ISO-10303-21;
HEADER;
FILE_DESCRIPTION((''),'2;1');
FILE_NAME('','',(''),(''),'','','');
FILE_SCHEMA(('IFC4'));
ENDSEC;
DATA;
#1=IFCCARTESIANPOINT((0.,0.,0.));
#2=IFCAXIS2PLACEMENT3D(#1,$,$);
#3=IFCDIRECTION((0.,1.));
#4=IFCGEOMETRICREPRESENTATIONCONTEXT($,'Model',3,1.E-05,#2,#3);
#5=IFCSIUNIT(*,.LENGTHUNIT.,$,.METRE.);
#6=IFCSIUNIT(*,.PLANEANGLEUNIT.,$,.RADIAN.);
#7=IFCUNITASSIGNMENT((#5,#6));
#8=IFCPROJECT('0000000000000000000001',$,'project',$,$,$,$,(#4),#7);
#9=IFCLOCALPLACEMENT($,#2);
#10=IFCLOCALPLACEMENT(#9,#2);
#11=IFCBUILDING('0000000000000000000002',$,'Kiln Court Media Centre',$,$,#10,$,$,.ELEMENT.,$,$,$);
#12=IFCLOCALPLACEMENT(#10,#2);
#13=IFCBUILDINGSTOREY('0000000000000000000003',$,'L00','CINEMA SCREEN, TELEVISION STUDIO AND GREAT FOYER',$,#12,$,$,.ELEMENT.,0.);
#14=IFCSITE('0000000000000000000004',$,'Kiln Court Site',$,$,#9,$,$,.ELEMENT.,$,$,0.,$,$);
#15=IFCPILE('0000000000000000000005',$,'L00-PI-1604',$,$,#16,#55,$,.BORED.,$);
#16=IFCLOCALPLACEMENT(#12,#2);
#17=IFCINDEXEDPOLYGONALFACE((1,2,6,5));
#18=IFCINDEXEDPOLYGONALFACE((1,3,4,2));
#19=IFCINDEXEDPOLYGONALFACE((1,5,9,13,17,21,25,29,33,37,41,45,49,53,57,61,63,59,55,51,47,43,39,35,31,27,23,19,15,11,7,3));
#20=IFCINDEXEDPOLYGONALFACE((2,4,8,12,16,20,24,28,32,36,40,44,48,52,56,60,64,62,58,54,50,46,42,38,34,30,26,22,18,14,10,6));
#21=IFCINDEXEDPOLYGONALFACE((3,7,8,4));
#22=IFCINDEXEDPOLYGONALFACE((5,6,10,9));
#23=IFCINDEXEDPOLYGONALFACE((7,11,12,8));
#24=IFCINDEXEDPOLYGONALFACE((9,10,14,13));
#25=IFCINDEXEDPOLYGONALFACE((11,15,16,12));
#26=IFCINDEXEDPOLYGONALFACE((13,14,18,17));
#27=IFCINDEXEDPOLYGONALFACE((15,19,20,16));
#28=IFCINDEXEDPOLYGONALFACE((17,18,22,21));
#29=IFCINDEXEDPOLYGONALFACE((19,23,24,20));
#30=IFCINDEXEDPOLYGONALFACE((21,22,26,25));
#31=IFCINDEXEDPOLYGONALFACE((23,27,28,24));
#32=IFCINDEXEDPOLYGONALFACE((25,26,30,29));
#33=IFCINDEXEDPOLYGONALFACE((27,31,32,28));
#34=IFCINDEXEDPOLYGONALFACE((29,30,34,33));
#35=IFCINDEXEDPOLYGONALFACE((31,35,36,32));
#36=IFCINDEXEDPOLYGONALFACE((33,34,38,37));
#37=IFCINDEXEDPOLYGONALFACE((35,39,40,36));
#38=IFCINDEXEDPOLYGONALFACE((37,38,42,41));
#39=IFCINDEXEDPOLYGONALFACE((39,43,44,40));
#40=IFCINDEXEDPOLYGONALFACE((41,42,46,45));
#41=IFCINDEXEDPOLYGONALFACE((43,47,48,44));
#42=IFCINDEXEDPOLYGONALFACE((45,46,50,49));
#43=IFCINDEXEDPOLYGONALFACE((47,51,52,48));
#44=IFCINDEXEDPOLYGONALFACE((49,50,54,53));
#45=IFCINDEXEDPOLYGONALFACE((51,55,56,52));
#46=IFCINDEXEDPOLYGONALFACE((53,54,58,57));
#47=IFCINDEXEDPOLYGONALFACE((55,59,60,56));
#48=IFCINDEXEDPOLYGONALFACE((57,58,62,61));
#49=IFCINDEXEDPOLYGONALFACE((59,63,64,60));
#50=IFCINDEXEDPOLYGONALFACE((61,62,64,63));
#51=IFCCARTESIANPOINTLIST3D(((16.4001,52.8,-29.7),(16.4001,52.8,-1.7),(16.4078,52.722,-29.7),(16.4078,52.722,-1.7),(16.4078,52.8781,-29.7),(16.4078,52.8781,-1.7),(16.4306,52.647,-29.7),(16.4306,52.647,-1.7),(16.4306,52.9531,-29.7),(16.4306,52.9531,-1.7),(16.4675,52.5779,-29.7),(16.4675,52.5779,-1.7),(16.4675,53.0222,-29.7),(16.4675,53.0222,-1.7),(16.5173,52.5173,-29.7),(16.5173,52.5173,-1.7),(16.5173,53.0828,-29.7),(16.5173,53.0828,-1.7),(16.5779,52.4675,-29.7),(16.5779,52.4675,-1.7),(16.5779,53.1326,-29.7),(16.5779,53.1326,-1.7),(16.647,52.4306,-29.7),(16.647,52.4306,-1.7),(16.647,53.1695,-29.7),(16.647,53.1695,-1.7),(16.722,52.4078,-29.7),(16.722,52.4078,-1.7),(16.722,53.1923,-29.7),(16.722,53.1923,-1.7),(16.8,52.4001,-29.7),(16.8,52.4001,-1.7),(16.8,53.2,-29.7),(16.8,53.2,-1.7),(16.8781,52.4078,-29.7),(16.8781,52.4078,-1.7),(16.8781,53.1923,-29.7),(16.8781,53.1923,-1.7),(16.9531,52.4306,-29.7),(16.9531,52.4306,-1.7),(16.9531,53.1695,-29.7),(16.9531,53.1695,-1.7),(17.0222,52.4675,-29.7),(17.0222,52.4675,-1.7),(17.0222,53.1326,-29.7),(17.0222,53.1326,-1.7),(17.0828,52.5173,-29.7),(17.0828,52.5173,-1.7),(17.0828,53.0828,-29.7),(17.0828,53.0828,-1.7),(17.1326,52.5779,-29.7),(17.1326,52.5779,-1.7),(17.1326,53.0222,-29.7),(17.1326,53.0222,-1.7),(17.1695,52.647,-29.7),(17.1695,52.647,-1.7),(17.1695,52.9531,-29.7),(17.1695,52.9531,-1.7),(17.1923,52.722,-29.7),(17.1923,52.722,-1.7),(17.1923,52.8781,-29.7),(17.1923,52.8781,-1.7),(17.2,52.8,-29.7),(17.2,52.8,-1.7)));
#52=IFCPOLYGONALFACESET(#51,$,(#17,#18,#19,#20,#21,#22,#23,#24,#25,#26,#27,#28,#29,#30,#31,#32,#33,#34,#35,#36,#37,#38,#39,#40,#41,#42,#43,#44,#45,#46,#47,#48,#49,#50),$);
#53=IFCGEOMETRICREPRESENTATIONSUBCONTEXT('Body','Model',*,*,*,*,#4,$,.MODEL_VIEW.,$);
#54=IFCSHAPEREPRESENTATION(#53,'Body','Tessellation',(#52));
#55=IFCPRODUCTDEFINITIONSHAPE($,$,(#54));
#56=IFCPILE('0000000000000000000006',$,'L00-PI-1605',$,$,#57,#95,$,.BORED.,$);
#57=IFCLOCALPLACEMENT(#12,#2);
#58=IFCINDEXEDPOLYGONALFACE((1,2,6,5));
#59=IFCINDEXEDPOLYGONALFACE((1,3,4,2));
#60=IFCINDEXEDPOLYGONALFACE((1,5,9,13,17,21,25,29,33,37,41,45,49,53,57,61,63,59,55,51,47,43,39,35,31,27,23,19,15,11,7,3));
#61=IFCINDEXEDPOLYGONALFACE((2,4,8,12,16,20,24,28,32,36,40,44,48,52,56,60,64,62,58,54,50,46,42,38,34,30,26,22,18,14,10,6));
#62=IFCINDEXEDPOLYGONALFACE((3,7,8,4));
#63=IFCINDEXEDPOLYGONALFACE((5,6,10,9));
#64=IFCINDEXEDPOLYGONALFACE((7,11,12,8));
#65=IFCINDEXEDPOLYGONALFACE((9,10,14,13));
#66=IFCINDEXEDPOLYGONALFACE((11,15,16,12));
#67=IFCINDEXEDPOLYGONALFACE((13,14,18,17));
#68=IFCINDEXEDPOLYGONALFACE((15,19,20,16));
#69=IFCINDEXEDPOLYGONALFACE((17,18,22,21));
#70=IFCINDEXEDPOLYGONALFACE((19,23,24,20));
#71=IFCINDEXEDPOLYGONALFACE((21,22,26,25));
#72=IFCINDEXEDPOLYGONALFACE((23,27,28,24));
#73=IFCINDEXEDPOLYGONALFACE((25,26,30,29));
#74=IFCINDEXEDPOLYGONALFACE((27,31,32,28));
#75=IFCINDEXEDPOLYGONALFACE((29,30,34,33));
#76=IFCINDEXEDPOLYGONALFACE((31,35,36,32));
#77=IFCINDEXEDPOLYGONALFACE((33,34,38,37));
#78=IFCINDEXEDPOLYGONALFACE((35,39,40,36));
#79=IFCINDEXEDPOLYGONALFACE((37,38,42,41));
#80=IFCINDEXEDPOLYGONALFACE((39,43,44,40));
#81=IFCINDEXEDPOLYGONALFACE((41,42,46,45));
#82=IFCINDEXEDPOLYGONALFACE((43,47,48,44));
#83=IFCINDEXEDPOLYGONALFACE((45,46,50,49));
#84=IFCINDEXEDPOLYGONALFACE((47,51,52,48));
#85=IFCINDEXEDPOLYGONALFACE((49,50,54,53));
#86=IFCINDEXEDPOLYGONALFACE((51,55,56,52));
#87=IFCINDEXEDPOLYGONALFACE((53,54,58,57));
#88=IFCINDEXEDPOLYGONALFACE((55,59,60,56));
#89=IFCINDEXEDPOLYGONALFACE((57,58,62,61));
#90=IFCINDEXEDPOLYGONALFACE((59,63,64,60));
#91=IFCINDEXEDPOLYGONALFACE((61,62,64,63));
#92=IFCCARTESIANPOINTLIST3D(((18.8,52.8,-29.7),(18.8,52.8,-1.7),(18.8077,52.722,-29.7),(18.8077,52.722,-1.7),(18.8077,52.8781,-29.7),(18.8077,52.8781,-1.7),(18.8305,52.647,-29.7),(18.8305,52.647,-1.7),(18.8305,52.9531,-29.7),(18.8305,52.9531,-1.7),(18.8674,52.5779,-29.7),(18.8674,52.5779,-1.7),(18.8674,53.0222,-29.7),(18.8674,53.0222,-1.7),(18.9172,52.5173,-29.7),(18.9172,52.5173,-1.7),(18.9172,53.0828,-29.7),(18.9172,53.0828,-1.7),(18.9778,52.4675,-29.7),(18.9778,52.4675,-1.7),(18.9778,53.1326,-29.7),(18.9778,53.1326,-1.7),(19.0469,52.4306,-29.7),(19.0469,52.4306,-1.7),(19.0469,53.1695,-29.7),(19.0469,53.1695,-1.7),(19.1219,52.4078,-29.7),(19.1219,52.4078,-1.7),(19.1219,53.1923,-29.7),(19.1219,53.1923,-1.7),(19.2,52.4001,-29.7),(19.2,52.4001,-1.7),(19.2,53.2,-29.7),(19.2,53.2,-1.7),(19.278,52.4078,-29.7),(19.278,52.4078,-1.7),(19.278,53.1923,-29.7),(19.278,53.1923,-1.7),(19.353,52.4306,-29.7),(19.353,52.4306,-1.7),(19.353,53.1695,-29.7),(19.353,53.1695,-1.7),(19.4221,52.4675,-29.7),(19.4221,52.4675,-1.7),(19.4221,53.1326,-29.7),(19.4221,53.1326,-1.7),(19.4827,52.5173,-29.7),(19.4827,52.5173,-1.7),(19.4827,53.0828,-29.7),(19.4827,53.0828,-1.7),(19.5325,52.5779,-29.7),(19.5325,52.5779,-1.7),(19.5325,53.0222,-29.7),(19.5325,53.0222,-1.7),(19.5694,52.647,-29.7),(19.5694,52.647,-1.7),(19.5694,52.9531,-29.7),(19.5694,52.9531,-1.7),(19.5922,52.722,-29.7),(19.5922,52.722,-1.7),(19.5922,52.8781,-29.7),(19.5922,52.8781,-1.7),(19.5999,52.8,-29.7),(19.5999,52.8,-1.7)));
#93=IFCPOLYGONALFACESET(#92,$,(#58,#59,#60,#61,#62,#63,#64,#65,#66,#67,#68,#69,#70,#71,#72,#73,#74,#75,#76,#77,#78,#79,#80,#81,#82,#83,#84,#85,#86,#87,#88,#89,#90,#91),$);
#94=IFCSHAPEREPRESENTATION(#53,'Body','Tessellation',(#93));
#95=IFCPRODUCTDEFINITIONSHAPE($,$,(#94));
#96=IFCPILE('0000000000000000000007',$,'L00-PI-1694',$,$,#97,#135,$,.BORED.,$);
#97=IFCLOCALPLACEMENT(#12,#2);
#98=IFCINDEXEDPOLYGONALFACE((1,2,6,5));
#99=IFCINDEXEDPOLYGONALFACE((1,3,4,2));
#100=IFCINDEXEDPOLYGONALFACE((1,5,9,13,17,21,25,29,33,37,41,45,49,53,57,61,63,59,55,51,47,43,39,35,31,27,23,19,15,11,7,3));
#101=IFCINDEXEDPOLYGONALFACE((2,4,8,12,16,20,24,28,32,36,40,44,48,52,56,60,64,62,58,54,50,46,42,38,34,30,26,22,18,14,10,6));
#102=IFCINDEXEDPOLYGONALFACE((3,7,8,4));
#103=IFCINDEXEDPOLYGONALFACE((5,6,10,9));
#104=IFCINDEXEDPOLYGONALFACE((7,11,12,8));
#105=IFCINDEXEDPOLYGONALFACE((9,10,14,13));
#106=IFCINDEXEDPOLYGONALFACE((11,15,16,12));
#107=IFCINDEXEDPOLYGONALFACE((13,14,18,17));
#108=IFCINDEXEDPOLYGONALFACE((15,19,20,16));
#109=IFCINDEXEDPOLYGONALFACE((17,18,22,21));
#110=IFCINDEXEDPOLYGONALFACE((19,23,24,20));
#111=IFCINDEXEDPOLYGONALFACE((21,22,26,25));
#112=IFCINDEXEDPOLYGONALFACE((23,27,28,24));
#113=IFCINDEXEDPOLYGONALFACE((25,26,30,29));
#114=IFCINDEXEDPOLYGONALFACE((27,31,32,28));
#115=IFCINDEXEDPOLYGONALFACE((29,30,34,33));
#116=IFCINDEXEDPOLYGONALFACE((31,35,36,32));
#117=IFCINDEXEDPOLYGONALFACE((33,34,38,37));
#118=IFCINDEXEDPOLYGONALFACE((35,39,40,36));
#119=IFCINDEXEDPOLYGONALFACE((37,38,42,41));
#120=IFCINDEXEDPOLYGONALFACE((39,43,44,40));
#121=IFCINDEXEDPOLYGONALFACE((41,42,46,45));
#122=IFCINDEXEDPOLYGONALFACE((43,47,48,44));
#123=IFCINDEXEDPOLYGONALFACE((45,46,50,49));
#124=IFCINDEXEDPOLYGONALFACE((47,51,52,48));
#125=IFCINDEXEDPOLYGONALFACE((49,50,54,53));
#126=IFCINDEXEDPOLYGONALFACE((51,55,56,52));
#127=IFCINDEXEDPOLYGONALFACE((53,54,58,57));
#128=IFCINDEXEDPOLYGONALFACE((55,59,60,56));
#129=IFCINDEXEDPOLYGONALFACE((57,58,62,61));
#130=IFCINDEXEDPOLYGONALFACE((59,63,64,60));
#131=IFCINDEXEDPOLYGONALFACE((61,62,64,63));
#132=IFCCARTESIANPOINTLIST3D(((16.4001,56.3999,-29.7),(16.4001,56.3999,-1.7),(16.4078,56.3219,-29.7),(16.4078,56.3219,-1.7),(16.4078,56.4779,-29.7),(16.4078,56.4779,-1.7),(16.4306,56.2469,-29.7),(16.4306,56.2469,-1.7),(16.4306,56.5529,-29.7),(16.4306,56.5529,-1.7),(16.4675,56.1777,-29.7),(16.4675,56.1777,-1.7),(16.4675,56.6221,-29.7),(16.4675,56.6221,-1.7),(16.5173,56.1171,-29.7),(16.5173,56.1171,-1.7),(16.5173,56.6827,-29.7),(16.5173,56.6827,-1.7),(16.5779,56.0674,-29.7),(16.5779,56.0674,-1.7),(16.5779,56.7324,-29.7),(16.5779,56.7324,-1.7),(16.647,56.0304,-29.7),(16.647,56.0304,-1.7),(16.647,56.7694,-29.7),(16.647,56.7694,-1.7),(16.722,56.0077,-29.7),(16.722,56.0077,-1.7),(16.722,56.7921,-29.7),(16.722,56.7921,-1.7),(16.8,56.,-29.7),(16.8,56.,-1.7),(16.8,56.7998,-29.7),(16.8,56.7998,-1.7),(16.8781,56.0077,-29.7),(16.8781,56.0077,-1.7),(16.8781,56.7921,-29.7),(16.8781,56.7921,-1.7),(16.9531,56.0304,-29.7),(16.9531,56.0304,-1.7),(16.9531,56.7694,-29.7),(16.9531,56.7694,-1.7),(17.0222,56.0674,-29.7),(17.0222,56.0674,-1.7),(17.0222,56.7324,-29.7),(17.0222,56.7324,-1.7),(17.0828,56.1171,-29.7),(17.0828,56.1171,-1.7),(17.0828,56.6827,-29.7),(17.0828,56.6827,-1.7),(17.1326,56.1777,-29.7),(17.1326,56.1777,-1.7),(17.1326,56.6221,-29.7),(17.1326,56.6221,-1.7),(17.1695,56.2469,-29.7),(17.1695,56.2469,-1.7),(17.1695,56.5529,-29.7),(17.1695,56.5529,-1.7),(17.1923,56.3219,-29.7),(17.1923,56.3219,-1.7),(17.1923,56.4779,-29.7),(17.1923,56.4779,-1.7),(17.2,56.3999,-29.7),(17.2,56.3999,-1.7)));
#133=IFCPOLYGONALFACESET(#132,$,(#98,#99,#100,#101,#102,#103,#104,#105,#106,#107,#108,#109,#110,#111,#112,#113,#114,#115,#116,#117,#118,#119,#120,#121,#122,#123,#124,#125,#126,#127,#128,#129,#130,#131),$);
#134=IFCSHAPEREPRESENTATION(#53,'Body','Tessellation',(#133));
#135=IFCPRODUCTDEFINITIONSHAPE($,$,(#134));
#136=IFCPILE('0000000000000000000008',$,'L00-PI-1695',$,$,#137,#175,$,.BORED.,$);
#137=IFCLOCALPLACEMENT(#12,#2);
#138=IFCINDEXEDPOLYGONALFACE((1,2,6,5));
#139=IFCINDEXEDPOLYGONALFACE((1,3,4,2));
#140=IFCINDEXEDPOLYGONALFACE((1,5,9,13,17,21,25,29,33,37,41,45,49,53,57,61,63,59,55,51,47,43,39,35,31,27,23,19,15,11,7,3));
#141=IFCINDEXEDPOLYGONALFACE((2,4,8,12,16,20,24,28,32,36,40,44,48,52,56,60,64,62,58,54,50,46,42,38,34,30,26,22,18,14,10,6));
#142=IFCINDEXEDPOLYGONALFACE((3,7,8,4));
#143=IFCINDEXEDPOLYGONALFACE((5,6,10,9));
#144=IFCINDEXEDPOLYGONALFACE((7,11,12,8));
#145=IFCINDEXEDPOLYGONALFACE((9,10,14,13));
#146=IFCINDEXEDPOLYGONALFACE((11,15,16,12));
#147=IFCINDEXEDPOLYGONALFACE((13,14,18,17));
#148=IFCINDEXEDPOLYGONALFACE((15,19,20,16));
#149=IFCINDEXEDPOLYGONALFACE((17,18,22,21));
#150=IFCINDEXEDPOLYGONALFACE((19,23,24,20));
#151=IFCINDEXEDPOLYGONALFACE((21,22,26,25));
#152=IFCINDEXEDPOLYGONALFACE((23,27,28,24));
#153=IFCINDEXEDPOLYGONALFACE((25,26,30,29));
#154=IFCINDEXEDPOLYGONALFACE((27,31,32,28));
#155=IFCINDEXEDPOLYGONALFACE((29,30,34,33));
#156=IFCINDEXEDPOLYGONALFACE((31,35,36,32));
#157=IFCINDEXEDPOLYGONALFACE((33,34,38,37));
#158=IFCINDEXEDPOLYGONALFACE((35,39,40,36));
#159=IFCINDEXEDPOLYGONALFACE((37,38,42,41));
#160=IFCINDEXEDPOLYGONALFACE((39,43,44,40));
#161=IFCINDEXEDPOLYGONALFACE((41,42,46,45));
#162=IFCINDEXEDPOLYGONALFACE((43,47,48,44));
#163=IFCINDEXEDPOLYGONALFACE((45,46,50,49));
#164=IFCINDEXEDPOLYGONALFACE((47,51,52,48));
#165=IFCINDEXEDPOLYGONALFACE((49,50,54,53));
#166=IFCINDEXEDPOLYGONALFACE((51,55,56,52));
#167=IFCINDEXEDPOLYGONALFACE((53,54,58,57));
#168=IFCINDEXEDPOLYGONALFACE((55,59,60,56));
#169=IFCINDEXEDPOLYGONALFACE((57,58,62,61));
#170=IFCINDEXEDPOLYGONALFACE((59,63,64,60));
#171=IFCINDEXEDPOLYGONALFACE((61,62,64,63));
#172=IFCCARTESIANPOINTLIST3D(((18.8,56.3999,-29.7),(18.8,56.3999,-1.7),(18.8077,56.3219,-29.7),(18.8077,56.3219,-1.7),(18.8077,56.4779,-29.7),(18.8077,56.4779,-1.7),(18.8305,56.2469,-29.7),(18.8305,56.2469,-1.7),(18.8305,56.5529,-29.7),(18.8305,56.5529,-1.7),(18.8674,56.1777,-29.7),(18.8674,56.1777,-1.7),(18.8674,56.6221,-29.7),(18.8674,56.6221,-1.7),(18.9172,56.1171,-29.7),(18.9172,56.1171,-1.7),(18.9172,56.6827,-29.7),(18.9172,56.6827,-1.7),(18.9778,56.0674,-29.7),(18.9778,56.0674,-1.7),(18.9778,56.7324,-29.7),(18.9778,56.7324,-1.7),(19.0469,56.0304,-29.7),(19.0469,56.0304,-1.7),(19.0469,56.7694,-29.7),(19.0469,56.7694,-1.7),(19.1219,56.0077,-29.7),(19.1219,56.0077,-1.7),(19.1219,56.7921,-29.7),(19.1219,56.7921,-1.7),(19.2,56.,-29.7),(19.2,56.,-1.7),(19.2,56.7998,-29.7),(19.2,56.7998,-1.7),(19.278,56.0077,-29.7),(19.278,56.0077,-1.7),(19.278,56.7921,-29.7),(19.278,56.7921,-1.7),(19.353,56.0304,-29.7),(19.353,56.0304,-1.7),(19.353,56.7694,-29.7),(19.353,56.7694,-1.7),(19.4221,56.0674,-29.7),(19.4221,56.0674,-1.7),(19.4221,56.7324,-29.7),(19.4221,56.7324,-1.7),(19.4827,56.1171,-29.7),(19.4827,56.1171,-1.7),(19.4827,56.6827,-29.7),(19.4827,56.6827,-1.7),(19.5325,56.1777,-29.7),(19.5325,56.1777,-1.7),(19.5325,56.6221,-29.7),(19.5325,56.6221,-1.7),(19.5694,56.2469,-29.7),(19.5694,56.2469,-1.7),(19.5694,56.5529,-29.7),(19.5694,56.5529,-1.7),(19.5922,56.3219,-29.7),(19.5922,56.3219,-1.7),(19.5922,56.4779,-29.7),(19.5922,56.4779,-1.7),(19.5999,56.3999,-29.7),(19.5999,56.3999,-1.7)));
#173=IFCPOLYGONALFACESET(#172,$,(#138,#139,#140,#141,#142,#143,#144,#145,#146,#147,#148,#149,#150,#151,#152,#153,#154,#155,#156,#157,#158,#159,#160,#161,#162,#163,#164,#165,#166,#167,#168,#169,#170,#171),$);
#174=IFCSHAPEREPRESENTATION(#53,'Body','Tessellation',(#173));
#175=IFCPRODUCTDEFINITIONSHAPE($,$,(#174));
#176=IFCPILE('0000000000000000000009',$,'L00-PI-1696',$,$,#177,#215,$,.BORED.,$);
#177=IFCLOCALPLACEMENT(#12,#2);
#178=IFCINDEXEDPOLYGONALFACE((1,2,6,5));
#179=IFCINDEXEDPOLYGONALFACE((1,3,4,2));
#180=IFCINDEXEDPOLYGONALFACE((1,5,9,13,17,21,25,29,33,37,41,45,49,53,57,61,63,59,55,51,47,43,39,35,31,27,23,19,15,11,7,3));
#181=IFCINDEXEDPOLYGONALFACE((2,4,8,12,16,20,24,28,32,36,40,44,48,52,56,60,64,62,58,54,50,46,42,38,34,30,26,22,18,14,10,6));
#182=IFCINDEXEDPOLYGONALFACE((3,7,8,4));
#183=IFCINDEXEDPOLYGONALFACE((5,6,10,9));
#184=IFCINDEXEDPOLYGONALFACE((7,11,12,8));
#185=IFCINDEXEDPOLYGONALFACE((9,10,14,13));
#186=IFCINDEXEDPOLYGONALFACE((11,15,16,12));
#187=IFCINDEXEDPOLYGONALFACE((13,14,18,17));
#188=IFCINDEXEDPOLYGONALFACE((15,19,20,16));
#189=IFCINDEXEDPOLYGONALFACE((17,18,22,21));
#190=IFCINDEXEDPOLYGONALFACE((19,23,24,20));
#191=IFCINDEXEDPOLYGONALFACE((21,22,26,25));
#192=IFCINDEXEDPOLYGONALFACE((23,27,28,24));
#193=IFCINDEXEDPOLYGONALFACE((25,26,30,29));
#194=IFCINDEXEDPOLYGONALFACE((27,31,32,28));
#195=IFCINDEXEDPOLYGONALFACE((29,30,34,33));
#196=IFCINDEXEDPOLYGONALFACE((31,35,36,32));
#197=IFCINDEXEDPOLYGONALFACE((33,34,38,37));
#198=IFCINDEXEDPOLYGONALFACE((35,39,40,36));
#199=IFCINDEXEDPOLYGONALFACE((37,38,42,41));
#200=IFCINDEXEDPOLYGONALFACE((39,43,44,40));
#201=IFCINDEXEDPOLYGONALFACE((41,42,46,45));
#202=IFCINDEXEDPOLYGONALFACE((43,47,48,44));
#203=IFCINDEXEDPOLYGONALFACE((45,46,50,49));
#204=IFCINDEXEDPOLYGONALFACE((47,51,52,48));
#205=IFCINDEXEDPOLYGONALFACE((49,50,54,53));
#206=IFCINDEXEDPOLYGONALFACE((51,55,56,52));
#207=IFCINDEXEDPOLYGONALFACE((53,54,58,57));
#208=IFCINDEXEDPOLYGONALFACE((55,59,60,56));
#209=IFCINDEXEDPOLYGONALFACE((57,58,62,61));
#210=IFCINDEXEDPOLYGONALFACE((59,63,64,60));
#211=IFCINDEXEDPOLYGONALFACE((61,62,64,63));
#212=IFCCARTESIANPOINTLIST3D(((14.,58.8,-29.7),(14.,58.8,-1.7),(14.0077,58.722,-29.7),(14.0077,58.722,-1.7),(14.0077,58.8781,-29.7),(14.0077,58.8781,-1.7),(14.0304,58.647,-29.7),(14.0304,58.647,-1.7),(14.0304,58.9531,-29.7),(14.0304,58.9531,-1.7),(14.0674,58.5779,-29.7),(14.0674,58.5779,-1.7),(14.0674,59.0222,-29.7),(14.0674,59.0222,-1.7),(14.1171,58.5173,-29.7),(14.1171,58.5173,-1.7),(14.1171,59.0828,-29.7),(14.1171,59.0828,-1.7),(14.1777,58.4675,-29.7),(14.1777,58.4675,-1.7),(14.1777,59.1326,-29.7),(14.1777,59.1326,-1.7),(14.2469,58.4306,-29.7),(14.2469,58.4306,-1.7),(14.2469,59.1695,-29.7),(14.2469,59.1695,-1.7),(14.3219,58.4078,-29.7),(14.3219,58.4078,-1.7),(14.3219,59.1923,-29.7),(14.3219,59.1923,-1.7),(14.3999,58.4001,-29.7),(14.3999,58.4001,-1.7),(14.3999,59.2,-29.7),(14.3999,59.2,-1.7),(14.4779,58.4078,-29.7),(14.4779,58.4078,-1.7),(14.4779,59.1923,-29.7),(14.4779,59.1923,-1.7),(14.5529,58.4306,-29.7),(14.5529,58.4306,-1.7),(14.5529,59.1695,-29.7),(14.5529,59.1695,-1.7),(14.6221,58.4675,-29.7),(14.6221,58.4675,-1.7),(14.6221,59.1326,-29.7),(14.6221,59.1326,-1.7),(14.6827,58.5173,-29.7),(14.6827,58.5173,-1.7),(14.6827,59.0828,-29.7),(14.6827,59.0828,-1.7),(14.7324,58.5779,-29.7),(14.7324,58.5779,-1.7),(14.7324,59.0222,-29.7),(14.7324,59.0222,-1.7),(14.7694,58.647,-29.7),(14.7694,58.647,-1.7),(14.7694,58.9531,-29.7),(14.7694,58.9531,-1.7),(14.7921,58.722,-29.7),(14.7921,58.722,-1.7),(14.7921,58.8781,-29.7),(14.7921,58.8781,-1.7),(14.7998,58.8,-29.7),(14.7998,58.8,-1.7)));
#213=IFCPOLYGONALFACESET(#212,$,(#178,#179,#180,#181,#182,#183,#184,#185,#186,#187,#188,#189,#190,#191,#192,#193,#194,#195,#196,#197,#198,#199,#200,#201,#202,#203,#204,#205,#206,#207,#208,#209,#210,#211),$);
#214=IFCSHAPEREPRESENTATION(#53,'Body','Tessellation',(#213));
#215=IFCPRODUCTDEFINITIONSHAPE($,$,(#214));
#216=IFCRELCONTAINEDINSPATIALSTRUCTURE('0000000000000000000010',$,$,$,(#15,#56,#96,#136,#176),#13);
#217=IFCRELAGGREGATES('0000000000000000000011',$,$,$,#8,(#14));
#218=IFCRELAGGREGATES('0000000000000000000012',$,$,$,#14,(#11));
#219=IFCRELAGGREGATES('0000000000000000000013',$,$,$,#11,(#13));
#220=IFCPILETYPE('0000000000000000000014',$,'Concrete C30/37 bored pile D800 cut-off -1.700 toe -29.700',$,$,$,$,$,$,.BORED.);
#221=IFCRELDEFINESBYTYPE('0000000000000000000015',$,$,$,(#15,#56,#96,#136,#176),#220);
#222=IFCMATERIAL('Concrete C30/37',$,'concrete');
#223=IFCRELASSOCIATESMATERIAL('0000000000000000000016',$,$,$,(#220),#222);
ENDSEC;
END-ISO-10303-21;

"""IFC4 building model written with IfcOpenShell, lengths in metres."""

from ifc_helpers import new_model, si_unit, direction, frame, origin, origin_2d, place, context, subcontext, project, spatial, circle, extrude, material, material_profile, profile_set, type_object, element, save


model = new_model("IFC4")

# Units and contexts
model_context = context("Model", 3, precision=1e-05, world=origin(), true_north=direction((0.0, 1.0)))
body_context = subcontext(model_context, "Body", "Model", "MODEL_VIEW")
ifc_project = project(units=[si_unit("LENGTHUNIT", "METRE"), si_unit("PLANEANGLEUNIT", "RADIAN")], contexts=[model_context])

# Site, building, storey
site_placement = place(None, origin())
site = spatial("IfcSite", under=ifc_project, at=site_placement, Name="Kiln Court Site", CompositionType="ELEMENT", RefElevation=0.0)
building_placement = place(site_placement, origin())
building = spatial("IfcBuilding", under=site, at=building_placement, Name="Kiln Court Media Centre", CompositionType="ELEMENT")
storey_placement = place(building_placement, origin())
storey = spatial("IfcBuildingStorey", under=building, at=storey_placement, Name="L00", Description="CINEMA SCREEN, TELEVISION STUDIO AND GREAT FOYER", CompositionType="ELEMENT", Elevation=0.0)

# Piles
ifc_material_1 = material(Name="Concrete C30/37", Category="concrete")
ifc_material_profile = material_profile(ifc_material_1, circle(Radius=0.3999, at=origin_2d()), Name="PILE D800")
ifc_profile_set = profile_set([ifc_material_profile], Name="Concrete C30/37")
pile_type = type_object("IfcPileType", Name="Concrete C30/37 bored pile D800 cut-off -1.700 toe -29.700", PredefinedType="BORED", material=ifc_profile_set)
for number, where, z_axis, x_axis, name in (
    (1, (16.8, 52.8, -1.7), (0.0, 0.0, -1.0), (1.0, 0.0, 0.0), "L00-PI-1604"),
    (2, (19.2, 52.8, -1.7), (0.0, 0.0, -1.0), (1.0, 0.0, 0.0), "L00-PI-1605"),
    (3, (16.8, 56.3999, -1.7), (0.0, 0.0, -1.0), (1.0, 0.0, 0.0), "L00-PI-1694"),
    (4, (19.2, 56.3999, -1.7), (0.0, 0.0, -1.0), (1.0, 0.0, 0.0), "L00-PI-1695"),
    (5, (14.3999, 58.8, -1.7), (0.0, 0.0, -1.0), (1.0, 0.0, 0.0), "L00-PI-1696"),
):
    element("IfcPile", number, at=place(storey_placement, frame(where, z_axis=z_axis, x_axis=x_axis)), inside=storey, type_object=pile_type, Name=name, PredefinedType="BORED", context=body_context, shape_type="SweptSolid", body=[
        extrude(circle(Radius=0.3999, at=origin_2d()), origin(), (0.0, 0.0, 1.0), 28.0),
    ])

save(model, "model.ifc")
